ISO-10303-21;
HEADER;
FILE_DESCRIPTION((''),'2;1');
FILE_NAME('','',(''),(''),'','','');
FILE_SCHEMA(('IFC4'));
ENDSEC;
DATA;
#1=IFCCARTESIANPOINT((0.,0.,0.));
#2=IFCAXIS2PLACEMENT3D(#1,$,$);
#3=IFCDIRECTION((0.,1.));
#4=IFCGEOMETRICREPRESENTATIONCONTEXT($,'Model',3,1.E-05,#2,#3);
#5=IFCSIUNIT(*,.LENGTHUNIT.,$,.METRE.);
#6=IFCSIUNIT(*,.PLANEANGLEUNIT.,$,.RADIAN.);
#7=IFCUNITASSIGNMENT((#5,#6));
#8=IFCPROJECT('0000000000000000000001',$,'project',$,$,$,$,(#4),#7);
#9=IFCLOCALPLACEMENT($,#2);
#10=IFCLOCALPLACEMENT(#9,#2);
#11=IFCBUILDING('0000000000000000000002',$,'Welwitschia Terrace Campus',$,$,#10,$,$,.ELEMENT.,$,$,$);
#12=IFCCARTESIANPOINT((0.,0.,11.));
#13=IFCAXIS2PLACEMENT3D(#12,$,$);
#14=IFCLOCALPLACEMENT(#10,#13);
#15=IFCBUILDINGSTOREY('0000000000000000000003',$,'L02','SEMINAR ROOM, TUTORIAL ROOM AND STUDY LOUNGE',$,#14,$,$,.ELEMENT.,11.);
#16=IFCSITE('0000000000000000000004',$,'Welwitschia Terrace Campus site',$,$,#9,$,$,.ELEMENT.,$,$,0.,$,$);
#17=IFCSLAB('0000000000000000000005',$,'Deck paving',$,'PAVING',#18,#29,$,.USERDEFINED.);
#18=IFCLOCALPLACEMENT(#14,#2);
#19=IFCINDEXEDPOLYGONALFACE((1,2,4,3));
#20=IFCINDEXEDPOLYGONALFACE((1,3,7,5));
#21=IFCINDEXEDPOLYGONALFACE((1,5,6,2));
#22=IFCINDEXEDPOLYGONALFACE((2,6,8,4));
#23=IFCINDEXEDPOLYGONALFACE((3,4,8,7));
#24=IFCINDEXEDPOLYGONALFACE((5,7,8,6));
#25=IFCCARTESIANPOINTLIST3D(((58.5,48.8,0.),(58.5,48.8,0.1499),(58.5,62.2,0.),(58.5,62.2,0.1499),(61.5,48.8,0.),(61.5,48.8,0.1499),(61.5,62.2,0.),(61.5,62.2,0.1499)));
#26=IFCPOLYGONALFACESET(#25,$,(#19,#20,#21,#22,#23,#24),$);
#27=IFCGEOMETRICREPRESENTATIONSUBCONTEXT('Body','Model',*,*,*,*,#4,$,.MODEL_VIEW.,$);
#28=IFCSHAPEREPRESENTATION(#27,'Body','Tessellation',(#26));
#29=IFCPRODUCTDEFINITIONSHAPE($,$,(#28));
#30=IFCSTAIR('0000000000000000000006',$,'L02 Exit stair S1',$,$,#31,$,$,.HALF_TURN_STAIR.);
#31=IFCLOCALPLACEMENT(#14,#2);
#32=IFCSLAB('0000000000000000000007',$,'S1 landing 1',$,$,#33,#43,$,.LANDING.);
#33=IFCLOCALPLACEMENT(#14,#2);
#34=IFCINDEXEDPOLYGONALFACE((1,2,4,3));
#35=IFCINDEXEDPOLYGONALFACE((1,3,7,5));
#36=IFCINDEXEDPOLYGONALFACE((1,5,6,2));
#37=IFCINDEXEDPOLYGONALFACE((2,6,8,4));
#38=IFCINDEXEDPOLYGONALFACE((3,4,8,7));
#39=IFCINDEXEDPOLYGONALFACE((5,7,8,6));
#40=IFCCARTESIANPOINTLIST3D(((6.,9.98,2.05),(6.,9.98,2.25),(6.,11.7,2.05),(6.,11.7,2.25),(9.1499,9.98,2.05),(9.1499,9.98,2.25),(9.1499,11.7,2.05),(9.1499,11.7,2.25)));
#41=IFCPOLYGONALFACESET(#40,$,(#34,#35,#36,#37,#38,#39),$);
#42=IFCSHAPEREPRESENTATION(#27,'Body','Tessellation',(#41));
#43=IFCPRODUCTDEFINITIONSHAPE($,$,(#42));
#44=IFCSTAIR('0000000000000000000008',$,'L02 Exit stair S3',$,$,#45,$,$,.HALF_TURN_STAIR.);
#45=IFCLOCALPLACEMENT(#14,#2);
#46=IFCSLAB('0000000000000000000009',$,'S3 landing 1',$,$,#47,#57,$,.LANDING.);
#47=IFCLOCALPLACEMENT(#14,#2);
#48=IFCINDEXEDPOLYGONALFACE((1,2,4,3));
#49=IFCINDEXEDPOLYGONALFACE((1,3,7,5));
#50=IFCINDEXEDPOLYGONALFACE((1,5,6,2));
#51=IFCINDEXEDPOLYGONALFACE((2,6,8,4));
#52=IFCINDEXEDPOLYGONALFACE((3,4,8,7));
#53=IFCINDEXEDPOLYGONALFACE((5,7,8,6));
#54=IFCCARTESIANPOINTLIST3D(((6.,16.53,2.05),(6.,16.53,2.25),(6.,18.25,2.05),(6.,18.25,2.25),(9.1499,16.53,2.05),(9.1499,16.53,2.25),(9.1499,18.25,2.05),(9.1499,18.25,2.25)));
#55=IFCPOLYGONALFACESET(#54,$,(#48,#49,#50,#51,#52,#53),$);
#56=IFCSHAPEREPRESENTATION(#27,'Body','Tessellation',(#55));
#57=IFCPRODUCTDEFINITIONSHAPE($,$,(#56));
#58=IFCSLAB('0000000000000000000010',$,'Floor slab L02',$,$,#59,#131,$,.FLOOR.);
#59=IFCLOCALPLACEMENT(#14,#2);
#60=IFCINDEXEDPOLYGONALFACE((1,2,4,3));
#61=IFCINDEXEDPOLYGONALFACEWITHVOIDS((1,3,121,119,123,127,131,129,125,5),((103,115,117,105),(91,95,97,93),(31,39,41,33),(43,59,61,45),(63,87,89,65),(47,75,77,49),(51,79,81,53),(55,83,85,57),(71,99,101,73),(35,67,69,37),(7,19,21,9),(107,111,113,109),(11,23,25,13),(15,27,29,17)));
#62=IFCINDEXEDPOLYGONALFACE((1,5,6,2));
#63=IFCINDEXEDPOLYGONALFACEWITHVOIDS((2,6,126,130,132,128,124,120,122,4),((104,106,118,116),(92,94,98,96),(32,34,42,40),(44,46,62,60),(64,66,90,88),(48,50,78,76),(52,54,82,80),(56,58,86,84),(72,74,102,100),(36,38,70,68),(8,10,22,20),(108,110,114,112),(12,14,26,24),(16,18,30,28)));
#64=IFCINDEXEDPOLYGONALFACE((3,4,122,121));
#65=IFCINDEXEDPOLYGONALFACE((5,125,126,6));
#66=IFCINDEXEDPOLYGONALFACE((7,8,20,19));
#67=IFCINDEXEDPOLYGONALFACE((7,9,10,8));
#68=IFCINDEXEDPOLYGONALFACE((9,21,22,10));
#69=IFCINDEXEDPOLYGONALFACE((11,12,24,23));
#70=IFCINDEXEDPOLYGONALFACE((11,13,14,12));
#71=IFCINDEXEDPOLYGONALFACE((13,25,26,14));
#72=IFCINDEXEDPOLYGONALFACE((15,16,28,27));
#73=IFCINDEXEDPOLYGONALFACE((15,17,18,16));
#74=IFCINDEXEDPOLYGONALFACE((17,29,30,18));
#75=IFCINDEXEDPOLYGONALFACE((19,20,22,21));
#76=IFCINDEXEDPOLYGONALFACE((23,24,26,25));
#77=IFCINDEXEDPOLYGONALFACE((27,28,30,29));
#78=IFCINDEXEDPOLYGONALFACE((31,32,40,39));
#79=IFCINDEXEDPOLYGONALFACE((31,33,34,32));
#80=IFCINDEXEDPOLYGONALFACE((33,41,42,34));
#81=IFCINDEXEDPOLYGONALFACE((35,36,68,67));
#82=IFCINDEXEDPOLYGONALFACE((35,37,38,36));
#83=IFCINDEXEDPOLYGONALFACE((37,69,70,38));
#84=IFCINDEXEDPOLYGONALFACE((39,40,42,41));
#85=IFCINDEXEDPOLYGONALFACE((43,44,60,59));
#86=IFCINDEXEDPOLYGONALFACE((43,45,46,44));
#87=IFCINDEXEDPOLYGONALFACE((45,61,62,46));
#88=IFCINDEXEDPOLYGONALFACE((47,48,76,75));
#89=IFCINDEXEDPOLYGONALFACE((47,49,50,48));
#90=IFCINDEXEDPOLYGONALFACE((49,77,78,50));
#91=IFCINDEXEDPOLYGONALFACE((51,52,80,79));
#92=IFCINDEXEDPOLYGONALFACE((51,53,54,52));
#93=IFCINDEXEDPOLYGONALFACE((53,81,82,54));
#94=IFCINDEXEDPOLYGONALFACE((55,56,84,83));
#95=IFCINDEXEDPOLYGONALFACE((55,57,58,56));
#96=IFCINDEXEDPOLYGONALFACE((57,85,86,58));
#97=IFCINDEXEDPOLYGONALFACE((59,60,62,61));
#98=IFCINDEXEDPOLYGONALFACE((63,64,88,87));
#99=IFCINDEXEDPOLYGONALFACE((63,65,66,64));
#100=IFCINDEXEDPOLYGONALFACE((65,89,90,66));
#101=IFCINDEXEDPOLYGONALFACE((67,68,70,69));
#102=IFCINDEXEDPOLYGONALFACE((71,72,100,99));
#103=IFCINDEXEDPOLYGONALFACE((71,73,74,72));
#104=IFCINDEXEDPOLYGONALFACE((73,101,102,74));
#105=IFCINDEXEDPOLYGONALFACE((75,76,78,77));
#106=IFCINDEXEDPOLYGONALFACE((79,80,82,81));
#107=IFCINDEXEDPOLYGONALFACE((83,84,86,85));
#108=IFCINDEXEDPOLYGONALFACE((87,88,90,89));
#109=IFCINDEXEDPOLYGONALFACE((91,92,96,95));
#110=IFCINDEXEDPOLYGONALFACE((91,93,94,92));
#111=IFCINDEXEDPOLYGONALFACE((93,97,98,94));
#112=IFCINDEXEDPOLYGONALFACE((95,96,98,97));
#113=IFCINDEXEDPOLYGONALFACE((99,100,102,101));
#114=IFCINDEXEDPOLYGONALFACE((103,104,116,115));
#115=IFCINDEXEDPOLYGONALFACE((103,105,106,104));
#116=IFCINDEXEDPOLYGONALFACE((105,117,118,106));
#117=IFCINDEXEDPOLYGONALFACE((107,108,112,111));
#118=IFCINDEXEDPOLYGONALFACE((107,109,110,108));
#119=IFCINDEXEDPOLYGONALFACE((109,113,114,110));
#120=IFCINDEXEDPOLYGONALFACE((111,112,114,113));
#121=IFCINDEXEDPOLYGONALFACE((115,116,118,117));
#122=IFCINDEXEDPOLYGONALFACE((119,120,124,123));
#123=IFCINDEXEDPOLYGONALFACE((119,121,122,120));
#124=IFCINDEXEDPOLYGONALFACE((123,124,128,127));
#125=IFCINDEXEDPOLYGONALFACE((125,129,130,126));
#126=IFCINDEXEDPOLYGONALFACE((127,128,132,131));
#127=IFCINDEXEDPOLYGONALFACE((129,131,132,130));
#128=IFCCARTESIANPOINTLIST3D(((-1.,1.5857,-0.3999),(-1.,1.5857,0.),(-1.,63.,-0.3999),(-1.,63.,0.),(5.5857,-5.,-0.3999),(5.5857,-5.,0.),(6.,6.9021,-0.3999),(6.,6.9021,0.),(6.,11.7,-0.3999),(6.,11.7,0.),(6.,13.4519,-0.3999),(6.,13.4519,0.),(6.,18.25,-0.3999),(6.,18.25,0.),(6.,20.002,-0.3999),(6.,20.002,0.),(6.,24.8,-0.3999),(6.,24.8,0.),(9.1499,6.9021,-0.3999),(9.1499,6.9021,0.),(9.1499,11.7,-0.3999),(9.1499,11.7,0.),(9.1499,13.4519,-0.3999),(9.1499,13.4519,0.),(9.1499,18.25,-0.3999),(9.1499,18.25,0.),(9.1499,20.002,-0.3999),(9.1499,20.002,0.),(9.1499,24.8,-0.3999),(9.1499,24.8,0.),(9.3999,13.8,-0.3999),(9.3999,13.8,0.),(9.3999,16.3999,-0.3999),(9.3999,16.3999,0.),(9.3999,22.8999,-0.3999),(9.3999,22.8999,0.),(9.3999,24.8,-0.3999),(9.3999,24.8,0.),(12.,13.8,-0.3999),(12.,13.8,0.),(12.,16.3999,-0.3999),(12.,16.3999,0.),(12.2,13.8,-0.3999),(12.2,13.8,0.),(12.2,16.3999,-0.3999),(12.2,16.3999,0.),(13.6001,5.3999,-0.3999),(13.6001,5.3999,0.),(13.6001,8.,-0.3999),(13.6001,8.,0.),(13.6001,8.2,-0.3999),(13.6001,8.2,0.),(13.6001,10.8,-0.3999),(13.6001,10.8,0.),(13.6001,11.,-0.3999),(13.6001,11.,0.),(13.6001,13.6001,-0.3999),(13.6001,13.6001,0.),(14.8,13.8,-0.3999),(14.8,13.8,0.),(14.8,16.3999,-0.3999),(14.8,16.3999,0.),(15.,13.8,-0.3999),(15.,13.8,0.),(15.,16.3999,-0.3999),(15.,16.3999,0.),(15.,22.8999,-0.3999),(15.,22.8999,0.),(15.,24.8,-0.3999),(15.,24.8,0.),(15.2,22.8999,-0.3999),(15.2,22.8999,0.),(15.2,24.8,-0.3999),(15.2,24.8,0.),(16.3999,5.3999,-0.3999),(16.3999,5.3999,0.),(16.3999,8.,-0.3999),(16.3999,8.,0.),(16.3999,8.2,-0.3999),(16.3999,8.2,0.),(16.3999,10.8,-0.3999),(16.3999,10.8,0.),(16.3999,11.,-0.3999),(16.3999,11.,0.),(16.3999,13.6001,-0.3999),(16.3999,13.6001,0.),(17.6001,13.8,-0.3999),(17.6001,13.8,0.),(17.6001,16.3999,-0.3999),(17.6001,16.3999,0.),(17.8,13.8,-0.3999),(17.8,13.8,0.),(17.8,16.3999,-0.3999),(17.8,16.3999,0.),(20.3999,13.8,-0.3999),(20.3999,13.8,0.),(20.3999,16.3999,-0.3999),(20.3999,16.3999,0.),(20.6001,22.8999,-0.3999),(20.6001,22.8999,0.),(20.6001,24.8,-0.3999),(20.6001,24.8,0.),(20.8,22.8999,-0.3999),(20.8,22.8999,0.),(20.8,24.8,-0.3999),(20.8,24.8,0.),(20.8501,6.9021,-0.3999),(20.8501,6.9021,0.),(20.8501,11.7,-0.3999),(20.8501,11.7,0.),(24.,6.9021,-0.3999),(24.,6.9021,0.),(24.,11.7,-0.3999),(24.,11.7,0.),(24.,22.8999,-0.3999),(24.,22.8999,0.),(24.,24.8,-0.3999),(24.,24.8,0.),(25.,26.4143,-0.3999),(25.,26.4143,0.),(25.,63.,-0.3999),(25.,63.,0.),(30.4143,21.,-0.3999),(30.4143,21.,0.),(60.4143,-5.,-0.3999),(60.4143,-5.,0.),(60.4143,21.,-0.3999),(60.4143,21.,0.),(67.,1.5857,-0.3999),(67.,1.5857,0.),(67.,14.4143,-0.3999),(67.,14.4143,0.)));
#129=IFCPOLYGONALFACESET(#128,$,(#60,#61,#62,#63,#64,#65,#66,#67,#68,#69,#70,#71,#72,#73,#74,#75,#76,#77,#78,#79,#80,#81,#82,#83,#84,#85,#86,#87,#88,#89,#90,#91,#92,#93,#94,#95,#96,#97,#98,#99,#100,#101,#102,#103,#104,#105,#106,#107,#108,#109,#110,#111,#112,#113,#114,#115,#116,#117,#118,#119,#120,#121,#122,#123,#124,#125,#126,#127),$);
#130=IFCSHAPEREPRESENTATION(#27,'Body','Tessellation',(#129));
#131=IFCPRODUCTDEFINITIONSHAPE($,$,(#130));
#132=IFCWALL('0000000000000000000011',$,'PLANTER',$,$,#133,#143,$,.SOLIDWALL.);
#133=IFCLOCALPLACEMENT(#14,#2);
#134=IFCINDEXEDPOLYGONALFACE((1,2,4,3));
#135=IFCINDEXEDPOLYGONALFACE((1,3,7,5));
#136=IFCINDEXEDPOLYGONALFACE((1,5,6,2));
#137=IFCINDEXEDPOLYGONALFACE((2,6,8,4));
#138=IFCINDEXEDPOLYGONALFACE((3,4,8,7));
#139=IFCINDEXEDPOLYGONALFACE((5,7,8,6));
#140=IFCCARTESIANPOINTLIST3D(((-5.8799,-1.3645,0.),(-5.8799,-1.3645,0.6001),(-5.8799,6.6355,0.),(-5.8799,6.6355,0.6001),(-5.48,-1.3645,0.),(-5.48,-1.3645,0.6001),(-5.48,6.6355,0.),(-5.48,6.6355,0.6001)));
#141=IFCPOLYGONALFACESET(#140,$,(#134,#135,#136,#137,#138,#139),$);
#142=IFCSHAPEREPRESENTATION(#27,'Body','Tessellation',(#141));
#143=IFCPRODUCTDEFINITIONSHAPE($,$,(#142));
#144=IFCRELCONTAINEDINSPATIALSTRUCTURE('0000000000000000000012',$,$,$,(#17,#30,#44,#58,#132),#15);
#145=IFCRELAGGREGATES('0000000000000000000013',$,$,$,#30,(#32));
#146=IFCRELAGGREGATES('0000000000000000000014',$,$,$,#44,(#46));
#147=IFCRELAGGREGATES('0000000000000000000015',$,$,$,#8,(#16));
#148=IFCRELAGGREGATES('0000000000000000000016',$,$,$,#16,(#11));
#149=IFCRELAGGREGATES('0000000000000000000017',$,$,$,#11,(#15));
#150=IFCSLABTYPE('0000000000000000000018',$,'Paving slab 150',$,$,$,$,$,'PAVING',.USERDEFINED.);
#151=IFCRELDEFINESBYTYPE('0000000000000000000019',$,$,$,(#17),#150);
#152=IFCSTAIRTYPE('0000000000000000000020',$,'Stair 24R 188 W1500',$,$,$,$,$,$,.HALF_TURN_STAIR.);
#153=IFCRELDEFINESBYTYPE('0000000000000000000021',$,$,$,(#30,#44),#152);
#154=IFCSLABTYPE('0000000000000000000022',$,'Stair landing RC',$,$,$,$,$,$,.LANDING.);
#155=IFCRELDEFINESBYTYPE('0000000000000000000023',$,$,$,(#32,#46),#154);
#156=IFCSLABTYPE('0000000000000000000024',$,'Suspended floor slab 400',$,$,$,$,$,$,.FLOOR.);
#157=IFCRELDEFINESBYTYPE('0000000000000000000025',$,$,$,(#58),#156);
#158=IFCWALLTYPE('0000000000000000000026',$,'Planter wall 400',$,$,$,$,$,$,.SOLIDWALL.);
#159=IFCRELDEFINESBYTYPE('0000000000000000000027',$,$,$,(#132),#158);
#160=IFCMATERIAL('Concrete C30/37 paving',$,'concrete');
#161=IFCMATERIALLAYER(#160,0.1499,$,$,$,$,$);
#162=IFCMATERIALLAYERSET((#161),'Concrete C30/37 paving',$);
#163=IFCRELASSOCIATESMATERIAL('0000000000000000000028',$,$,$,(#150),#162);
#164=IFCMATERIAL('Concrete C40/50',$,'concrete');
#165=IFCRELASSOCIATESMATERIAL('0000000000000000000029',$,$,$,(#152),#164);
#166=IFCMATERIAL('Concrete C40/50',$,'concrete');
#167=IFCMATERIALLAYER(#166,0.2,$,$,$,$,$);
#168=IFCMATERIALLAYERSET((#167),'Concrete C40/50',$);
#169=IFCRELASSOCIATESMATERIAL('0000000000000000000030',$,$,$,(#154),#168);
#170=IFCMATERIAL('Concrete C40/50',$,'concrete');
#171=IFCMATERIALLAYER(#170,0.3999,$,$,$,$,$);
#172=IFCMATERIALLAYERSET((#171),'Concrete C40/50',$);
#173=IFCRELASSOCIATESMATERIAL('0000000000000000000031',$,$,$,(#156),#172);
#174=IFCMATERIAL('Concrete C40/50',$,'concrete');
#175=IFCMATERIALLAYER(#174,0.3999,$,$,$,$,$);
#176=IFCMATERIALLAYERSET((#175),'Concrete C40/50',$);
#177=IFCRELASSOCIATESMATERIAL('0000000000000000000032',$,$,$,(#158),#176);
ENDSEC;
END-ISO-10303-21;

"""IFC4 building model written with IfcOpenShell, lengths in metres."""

from ifc_helpers import new_model, si_unit, direction, frame, frame_2d, origin, place, context, subcontext, project, spatial, polyline, rectangle, outline, extrude, material, layer, layer_set, type_object, element, aggregate, save


model = new_model("IFC4")

# Units and contexts
model_context = context("Model", 3, precision=1e-05, world=origin(), true_north=direction((0.0, 1.0)))
body_context = subcontext(model_context, "Body", "Model", "MODEL_VIEW")
ifc_project = project(units=[si_unit("LENGTHUNIT", "METRE"), si_unit("PLANEANGLEUNIT", "RADIAN")], contexts=[model_context])

# Site, building, storey
site_placement = place(None, origin())
site = spatial("IfcSite", under=ifc_project, at=site_placement, Name="Welwitschia Terrace Campus site", CompositionType="ELEMENT", RefElevation=0.0)
building_placement = place(site_placement, origin())
building = spatial("IfcBuilding", under=site, at=building_placement, Name="Welwitschia Terrace Campus", CompositionType="ELEMENT")
storey_placement = place(building_placement, frame((0.0, 0.0, 11.0)))
storey = spatial("IfcBuildingStorey", under=building, at=storey_placement, Name="L02", Description="SEMINAR ROOM, TUTORIAL ROOM AND STUDY LOUNGE", CompositionType="ELEMENT", Elevation=11.0)

# Slab
ifc_material_1 = material(Name="Concrete C30/37 paving", Category="concrete")
ifc_layer_1 = layer(ifc_material_1, 0.1499)
ifc_layer_set_1 = layer_set([ifc_layer_1], Name="Concrete C30/37 paving")
slab_type_1 = type_object("IfcSlabType", Name="Paving slab 150", ElementType="PAVING", PredefinedType="USERDEFINED", material=ifc_layer_set_1)
slab_1_placement = place(storey_placement, origin())
element("IfcSlab", 1, at=slab_1_placement, inside=storey, type_object=slab_type_1, Name="Deck paving", ObjectType="PAVING", PredefinedType="USERDEFINED", context=body_context, shape_type="SweptSolid", body=[
    extrude(outline(polyline([(61.5, 48.8), (58.5, 48.8), (58.5, 62.2), (61.5, 62.2), (61.5, 48.8)])), origin(), (0.0, 0.0, 1.0), 0.1499),
])

# Stairs, slabs
ifc_material_2 = material(Name="Concrete C40/50", Category="concrete")
stair_type = type_object("IfcStairType", Name="Stair 24R 188 W1500", PredefinedType="HALF_TURN_STAIR", material=ifc_material_2)
stair_1_placement = place(storey_placement, origin())
stair_1 = element("IfcStair", 2, at=stair_1_placement, inside=storey, type_object=stair_type, Name="L02 Exit stair S1", PredefinedType="HALF_TURN_STAIR")
ifc_material_3 = material(Name="Concrete C40/50", Category="concrete")
ifc_layer_2 = layer(ifc_material_3, 0.2)
ifc_layer_set_2 = layer_set([ifc_layer_2], Name="Concrete C40/50")
slab_type_2 = type_object("IfcSlabType", Name="Stair landing RC", PredefinedType="LANDING", material=ifc_layer_set_2)
slab_2_placement = place(storey_placement, frame((0.0, 0.0, 2.05)))
slab_2 = element("IfcSlab", 3, at=slab_2_placement, type_object=slab_type_2, Name="S1 landing 1", PredefinedType="LANDING", context=body_context, shape_type="SweptSolid", body=[
    extrude(outline(polyline([(9.1499, 9.98), (9.1499, 11.7), (6.0, 11.7), (6.0, 9.98), (9.1499, 9.98)])), origin(), (0.0, 0.0, 1.0), 0.2),
])
aggregate(stair_1, [slab_2])
stair_2_placement = place(storey_placement, origin())
stair_2 = element("IfcStair", 4, at=stair_2_placement, inside=storey, type_object=stair_type, Name="L02 Exit stair S3", PredefinedType="HALF_TURN_STAIR")
slab_3_placement = place(storey_placement, frame((0.0, 0.0, 2.05)))
slab_3 = element("IfcSlab", 5, at=slab_3_placement, type_object=slab_type_2, Name="S3 landing 1", PredefinedType="LANDING", context=body_context, shape_type="SweptSolid", body=[
    extrude(outline(polyline([(9.1499, 16.53), (9.1499, 18.25), (6.0, 18.25), (6.0, 16.53), (9.1499, 16.53)])), origin(), (0.0, 0.0, 1.0), 0.2),
])
aggregate(stair_2, [slab_3])

# Slab
ifc_material_4 = material(Name="Concrete C40/50", Category="concrete")
ifc_layer_3 = layer(ifc_material_4, 0.3999)
ifc_layer_set_3 = layer_set([ifc_layer_3], Name="Concrete C40/50")
slab_type_3 = type_object("IfcSlabType", Name="Suspended floor slab 400", PredefinedType="FLOOR", material=ifc_layer_set_3)
slab_4_placement = place(storey_placement, frame((0.0, 0.0, -0.3999)))
element("IfcSlab", 6, at=slab_4_placement, inside=storey, type_object=slab_type_3, Name="Floor slab L02", PredefinedType="FLOOR", context=body_context, shape_type="SweptSolid", body=[
    extrude(outline(polyline([(-1.0, 63.0), (25.0, 63.0), (25.0, 26.4143), (30.4143, 21.0), (60.4143, 21.0), (67.0, 14.4143), (67.0, 1.5857), (60.4143, -5.0), (5.5857, -5.0), (-1.0, 1.5857), (-1.0, 63.0)]), holes=[polyline([(13.6001, 8.0), (13.6001, 5.3999), (16.3999, 5.3999), (16.3999, 8.0), (13.6001, 8.0)]), polyline([(9.1499, 11.7), (6.0, 11.7), (6.0, 6.9021), (9.1499, 6.9021), (9.1499, 11.7)]), polyline([(12.0, 16.3999), (9.3999, 16.3999), (9.3999, 13.8), (12.0, 13.8), (12.0, 16.3999)]), polyline([(14.8, 16.3999), (12.2, 16.3999), (12.2, 13.8), (14.8, 13.8), (14.8, 16.3999)]), polyline([(9.1499, 18.25), (6.0, 18.25), (6.0, 13.4519), (9.1499, 13.4519), (9.1499, 18.25)]), polyline([(9.1499, 24.8), (6.0, 24.8), (6.0, 20.002), (9.1499, 20.002), (9.1499, 24.8)]), polyline([(15.0, 24.8), (9.3999, 24.8), (9.3999, 22.8999), (15.0, 22.8999), (15.0, 24.8)]), polyline([(20.8501, 11.7), (20.8501, 6.9021), (24.0, 6.9021), (24.0, 11.7), (20.8501, 11.7)]), polyline([(16.3999, 10.8), (13.6001, 10.8), (13.6001, 8.2), (16.3999, 8.2), (16.3999, 10.8)]), polyline([(16.3999, 13.6001), (13.6001, 13.6001), (13.6001, 11.0), (16.3999, 11.0), (16.3999, 13.6001)]), polyline([(17.6001, 16.3999), (15.0, 16.3999), (15.0, 13.8), (17.6001, 13.8), (17.6001, 16.3999)]), polyline([(20.3999, 16.3999), (17.8, 16.3999), (17.8, 13.8), (20.3999, 13.8), (20.3999, 16.3999)]), polyline([(20.6001, 24.8), (15.2, 24.8), (15.2, 22.8999), (20.6001, 22.8999), (20.6001, 24.8)]), polyline([(24.0, 24.8), (20.8, 24.8), (20.8, 22.8999), (24.0, 22.8999), (24.0, 24.8)])]), origin(), (0.0, 0.0, 1.0), 0.3999),
])

# Wall
ifc_material_5 = material(Name="Concrete C40/50", Category="concrete")
ifc_layer_4 = layer(ifc_material_5, 0.3999)
ifc_layer_set_4 = layer_set([ifc_layer_4], Name="Concrete C40/50")
wall_type = type_object("IfcWallType", Name="Planter wall 400", PredefinedType="SOLIDWALL", material=ifc_layer_set_4)
wall_placement = place(storey_placement, frame((-5.6799, -1.3645, 0.0), z_axis=(0.0, 0.0, 1.0), x_axis=(0.0, 1.0, 0.0)))
element("IfcWall", 7, at=wall_placement, inside=storey, type_object=wall_type, Name="PLANTER", PredefinedType="SOLIDWALL", context=body_context, shape_type="SweptSolid", body=[
    extrude(rectangle(XDim=8.0, YDim=0.3999, at=frame_2d((4.0, 0.0))), origin(), (0.0, 0.0, 1.0), 0.6001),
])

save(model, "model.ifc")
